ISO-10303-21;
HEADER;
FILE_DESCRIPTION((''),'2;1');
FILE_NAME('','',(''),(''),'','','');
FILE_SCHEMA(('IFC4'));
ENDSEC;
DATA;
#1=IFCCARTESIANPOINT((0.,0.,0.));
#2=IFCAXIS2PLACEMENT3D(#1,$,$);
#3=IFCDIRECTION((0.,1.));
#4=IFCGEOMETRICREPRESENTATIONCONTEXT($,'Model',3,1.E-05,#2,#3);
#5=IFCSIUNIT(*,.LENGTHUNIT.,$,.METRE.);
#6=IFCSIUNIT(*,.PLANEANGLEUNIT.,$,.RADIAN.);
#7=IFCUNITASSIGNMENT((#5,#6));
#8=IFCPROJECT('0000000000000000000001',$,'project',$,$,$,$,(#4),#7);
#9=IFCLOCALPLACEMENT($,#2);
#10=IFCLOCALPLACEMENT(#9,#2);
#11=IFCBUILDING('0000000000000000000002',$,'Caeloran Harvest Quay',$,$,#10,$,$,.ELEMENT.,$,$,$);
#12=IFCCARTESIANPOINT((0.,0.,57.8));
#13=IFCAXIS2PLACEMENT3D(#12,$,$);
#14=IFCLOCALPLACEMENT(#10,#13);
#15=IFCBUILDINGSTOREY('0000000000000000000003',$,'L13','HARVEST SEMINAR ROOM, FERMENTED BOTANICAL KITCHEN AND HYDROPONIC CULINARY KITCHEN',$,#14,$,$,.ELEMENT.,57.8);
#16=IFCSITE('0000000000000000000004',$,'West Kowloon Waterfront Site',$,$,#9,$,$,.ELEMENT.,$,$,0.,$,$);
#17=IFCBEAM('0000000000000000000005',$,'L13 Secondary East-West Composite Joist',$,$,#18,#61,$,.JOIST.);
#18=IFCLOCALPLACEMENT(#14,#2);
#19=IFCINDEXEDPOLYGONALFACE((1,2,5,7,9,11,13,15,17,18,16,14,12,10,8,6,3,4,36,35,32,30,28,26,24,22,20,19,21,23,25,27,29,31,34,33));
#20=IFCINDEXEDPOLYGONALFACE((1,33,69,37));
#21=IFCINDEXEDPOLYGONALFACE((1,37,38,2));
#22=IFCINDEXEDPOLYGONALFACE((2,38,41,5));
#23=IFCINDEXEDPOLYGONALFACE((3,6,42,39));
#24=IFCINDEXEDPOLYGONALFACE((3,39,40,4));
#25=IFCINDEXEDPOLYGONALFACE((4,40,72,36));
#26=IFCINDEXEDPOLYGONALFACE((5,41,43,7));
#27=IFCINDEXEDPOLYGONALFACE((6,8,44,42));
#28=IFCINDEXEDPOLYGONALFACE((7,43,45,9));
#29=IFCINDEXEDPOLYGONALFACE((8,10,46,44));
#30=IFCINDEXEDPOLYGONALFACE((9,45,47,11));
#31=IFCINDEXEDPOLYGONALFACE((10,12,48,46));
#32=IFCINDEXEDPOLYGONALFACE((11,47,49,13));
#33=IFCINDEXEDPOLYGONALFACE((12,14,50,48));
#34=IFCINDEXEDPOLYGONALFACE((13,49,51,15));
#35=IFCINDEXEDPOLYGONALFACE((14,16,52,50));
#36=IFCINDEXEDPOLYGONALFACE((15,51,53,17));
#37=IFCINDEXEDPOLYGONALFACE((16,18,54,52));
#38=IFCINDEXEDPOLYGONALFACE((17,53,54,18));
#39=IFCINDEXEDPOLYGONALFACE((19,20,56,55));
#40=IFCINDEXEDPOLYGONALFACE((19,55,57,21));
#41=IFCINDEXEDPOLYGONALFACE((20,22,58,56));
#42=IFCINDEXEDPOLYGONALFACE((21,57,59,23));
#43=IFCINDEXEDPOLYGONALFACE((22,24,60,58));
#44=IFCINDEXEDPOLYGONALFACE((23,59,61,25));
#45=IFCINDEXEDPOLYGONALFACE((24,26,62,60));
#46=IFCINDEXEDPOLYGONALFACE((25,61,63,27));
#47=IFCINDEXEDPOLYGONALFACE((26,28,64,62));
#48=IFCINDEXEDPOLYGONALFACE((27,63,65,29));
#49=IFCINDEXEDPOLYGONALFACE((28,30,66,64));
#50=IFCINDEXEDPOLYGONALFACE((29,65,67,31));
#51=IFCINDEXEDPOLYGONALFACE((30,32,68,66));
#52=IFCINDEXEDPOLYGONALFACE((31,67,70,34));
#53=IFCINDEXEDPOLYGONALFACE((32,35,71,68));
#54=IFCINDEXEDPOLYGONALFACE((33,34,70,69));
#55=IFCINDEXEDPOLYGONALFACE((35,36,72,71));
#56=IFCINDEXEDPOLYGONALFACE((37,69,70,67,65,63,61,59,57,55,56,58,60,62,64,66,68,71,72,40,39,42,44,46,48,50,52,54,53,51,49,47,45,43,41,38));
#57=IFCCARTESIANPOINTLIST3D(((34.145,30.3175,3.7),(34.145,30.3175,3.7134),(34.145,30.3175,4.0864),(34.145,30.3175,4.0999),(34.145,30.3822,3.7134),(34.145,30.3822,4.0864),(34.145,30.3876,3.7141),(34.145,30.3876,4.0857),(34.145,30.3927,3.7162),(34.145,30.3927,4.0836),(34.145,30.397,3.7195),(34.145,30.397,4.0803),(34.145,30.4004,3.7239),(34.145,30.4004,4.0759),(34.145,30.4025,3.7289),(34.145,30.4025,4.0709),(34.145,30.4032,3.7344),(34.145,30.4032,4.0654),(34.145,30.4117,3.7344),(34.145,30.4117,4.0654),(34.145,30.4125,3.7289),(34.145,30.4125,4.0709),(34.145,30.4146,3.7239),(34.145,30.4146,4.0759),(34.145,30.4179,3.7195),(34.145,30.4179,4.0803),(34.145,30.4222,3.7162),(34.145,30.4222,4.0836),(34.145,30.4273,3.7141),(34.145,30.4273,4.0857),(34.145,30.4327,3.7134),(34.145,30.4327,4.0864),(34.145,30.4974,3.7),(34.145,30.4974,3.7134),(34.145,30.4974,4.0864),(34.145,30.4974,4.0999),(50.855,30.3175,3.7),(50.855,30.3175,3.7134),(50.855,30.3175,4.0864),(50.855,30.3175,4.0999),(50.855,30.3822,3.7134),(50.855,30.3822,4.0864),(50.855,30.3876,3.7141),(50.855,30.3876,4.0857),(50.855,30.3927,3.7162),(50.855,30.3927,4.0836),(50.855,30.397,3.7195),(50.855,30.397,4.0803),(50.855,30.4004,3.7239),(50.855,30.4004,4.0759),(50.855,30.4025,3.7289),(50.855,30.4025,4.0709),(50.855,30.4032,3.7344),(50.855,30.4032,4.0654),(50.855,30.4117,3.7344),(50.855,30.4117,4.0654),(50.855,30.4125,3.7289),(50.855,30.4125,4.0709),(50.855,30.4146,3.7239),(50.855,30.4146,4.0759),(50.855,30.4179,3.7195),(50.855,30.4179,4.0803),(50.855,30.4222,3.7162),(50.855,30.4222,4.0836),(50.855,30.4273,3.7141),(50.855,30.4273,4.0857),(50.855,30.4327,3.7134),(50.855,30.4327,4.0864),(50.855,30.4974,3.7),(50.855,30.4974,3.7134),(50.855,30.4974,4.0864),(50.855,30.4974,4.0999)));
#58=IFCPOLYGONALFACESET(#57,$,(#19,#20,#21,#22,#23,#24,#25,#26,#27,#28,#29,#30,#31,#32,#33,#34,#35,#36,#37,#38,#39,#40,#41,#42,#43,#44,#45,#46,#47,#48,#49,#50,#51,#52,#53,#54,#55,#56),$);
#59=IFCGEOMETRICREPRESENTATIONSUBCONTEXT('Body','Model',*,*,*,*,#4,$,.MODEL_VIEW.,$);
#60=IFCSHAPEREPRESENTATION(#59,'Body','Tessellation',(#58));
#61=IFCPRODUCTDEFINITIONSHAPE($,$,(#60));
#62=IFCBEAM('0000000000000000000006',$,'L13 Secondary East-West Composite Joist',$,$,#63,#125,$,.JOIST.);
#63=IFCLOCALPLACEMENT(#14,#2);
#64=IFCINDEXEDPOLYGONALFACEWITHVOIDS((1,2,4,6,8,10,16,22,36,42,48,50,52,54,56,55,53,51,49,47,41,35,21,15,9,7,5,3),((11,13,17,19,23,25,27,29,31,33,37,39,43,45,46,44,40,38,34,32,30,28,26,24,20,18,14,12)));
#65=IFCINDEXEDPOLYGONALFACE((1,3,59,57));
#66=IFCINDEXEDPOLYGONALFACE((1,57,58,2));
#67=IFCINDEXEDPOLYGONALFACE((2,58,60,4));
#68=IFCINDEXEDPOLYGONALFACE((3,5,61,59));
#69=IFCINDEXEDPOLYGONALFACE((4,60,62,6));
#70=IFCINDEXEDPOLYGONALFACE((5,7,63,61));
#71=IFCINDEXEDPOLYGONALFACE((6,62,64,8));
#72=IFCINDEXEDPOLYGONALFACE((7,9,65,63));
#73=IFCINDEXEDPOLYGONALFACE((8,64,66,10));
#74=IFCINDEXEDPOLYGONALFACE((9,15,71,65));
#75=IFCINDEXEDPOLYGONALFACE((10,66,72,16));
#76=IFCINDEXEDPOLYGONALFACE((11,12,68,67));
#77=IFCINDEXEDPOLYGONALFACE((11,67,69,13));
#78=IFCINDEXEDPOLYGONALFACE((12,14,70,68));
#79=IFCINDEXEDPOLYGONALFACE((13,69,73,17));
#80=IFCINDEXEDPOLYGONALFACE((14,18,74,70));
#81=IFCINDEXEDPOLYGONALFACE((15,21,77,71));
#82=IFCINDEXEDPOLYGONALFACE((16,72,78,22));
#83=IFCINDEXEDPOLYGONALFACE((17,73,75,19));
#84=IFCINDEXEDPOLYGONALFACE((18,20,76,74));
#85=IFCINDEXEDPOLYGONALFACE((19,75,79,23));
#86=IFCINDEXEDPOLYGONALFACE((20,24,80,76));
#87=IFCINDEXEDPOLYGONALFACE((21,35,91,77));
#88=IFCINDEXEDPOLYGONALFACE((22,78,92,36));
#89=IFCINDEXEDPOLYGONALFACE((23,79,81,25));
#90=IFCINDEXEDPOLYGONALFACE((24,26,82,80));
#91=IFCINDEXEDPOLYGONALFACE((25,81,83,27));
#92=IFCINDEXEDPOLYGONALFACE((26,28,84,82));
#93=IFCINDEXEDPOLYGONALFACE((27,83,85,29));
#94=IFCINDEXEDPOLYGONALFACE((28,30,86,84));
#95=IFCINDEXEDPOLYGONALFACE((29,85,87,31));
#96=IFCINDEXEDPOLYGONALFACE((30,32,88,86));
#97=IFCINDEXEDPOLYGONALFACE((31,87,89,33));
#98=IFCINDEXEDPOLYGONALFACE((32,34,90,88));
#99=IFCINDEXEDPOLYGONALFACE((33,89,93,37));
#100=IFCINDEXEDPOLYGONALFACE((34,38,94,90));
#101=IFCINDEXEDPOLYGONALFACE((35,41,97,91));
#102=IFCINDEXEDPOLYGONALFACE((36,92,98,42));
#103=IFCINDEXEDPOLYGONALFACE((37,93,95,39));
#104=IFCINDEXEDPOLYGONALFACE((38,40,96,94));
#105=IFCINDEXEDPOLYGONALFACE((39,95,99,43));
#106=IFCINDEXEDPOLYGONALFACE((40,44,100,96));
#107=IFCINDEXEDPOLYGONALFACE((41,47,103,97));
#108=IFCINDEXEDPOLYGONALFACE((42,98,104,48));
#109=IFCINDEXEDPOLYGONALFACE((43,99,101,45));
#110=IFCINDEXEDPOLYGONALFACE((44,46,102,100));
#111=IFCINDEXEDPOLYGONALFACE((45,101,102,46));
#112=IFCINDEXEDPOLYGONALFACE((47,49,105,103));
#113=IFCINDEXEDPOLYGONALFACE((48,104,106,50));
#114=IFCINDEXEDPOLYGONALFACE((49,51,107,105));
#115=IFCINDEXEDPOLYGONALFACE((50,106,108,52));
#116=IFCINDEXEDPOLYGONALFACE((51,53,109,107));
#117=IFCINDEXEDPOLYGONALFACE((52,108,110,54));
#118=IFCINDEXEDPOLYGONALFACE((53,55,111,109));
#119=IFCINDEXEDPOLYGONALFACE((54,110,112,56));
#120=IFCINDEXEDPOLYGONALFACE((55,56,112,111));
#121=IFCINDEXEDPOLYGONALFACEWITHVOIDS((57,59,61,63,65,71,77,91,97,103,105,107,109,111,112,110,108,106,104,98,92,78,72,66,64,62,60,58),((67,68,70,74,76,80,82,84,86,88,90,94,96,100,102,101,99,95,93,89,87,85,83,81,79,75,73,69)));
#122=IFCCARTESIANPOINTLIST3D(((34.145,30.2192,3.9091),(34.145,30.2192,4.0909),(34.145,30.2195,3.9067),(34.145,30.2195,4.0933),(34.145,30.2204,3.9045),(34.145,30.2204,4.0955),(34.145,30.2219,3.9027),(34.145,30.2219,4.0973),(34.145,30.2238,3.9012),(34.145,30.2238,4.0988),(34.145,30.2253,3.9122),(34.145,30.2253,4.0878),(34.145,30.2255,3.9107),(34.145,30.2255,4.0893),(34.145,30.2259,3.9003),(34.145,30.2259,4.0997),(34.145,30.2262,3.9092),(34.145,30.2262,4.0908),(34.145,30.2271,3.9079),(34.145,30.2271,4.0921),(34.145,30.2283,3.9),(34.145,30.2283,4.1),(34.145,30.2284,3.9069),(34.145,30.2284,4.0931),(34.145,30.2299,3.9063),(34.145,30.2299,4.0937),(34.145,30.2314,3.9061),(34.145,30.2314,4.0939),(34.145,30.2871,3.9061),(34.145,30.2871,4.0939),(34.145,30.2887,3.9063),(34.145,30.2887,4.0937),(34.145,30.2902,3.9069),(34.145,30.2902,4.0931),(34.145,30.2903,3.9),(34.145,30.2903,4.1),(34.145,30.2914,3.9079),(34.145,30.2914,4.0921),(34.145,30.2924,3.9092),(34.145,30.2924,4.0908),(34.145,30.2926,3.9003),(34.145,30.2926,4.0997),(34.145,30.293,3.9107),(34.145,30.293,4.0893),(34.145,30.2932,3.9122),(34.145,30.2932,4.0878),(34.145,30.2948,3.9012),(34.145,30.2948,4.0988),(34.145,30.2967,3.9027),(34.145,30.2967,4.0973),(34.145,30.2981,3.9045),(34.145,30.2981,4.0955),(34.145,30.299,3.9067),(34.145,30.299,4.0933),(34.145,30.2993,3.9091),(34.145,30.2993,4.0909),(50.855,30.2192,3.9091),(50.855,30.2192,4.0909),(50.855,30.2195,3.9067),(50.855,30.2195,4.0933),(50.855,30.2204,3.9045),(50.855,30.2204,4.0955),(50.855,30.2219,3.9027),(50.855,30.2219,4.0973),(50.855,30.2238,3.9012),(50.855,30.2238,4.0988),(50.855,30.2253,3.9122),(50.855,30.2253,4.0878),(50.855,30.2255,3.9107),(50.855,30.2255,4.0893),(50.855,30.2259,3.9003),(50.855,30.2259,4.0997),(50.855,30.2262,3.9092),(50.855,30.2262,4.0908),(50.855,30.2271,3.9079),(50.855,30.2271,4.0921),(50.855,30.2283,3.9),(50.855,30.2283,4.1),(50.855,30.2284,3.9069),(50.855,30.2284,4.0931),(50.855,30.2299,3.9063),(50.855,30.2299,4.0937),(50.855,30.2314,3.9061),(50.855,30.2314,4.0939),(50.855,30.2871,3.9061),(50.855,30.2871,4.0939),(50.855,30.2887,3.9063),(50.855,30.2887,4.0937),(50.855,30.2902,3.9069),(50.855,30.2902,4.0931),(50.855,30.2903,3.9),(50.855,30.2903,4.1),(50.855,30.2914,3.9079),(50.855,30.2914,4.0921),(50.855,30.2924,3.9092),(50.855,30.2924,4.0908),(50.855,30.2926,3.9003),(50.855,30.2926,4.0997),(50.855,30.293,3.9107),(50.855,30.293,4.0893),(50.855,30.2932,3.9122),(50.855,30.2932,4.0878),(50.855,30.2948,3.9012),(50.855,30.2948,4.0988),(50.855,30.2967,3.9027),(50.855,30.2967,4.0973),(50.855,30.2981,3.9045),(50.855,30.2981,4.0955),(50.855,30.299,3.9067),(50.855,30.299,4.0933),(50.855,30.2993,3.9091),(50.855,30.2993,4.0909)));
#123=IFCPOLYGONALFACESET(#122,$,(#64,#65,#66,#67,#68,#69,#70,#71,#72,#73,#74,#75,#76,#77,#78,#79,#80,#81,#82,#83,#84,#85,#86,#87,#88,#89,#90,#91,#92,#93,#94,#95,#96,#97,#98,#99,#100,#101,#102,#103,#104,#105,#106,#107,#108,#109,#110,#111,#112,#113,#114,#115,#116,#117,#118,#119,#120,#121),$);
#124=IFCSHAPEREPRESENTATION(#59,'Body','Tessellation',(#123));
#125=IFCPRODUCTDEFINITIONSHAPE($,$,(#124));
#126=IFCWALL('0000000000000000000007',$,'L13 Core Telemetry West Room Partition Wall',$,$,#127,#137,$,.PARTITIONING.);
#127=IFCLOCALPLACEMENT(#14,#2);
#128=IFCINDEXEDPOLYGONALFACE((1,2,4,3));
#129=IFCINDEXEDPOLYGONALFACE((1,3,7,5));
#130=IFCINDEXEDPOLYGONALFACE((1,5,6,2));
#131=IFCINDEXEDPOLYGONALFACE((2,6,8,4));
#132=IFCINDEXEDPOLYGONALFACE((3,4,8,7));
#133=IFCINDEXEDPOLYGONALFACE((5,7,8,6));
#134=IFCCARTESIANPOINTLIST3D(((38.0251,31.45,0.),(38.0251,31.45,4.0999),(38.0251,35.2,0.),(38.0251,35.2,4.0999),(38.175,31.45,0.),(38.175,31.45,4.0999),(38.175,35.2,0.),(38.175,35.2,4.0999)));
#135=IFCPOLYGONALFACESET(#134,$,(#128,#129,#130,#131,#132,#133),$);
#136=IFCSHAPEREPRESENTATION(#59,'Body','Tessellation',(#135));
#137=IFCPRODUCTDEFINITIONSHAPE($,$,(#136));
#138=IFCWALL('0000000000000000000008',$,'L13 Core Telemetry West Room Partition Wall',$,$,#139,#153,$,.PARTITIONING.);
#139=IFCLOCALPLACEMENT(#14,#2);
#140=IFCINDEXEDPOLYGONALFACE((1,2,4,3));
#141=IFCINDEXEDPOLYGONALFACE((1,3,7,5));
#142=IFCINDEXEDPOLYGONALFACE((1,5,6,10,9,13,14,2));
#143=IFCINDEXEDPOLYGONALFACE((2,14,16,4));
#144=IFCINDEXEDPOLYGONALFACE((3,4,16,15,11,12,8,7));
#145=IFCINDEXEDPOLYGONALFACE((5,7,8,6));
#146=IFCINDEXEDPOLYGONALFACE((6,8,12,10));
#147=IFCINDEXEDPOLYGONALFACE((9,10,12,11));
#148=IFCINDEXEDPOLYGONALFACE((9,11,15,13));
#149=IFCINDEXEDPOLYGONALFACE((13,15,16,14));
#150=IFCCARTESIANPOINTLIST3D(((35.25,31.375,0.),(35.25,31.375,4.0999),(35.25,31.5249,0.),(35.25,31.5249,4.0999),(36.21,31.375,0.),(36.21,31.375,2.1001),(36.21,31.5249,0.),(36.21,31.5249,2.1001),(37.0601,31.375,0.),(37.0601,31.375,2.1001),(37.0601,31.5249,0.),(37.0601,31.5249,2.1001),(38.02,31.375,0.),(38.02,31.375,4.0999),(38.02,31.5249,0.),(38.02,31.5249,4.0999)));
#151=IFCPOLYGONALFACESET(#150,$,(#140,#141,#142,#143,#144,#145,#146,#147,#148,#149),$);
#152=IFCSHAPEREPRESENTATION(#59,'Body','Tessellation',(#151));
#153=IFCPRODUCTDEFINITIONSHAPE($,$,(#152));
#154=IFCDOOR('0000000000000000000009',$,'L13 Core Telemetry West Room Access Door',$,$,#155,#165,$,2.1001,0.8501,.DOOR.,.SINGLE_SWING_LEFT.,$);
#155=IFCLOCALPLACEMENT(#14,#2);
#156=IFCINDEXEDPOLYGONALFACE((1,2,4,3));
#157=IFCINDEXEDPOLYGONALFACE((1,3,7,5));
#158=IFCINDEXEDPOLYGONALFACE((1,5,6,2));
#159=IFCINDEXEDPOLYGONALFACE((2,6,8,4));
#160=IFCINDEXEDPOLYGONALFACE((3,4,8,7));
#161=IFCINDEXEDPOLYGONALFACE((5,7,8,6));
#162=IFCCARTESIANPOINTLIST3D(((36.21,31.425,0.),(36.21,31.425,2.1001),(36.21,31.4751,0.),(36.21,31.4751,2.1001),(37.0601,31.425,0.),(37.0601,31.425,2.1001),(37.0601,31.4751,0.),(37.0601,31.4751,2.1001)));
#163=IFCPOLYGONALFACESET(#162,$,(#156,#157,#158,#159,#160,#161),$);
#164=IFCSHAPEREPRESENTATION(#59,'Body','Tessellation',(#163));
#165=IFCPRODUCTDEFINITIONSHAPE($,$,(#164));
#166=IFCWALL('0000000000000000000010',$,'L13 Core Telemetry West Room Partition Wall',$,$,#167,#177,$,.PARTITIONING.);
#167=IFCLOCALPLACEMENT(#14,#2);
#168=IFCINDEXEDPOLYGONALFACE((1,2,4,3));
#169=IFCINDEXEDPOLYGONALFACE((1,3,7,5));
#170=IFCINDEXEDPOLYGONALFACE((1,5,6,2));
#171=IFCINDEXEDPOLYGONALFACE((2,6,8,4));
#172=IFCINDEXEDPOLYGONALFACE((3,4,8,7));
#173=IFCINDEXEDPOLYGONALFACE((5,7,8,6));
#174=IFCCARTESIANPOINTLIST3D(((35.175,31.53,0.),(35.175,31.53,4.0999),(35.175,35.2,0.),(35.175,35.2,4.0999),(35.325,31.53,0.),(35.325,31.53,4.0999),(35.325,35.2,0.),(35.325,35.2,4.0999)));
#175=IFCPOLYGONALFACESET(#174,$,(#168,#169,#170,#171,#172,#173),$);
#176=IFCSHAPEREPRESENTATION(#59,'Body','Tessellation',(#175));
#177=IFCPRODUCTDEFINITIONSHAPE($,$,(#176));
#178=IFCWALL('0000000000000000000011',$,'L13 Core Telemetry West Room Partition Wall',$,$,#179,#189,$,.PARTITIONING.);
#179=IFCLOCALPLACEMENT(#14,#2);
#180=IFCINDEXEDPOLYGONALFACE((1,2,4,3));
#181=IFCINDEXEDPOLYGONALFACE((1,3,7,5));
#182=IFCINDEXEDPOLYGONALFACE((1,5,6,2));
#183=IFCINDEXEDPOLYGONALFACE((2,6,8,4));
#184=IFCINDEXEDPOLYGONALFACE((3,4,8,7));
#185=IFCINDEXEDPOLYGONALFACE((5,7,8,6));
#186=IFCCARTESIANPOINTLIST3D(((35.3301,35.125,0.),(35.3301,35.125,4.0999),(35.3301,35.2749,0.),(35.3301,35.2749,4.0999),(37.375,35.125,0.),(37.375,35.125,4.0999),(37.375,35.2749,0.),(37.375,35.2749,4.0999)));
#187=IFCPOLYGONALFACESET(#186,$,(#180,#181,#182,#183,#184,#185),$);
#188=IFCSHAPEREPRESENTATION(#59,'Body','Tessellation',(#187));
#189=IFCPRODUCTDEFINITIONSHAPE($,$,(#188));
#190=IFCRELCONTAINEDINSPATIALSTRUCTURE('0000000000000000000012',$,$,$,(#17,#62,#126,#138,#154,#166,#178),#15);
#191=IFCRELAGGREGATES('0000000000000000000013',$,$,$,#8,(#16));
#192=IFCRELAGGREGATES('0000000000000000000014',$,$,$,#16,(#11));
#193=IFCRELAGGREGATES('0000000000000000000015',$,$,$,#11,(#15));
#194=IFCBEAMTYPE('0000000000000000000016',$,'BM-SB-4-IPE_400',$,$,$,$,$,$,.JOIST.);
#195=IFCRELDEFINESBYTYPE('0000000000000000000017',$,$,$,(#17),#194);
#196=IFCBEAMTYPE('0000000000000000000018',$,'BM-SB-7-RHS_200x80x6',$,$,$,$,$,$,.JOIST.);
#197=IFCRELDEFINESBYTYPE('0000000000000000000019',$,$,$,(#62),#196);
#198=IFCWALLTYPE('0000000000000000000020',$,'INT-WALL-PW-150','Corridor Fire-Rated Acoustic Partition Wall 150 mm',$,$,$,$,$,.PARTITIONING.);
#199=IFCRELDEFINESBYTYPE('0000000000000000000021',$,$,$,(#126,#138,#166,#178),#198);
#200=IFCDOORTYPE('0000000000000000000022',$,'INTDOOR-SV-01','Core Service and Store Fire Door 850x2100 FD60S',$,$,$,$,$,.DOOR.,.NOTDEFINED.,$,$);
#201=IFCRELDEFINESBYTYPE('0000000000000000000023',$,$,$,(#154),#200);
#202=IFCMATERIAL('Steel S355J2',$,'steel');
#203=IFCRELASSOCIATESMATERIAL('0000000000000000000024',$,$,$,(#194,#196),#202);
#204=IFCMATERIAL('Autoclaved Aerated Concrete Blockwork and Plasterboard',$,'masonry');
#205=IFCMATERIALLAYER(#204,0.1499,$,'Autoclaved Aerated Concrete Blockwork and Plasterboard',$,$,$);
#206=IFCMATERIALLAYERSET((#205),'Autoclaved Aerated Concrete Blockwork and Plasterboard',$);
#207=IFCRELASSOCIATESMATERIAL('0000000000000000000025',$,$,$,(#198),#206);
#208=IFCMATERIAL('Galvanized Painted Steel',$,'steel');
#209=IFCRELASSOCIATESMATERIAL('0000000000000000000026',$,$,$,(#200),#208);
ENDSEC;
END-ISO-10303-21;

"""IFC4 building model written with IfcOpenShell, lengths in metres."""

from ifc_helpers import new_model, si_unit, direction, frame, frame_2d, origin, origin_2d, place, context, subcontext, project, spatial, rectangle, hollow_rectangle, i_section, extrude, material, layer, layer_set, material_profile, profile_set, type_object, element, fill, save


model = new_model("IFC4")

# Units and contexts
model_context = context("Model", 3, precision=1e-05, world=origin(), true_north=direction((0.0, 1.0)))
body_context = subcontext(model_context, "Body", "Model", "MODEL_VIEW")
ifc_project = project(units=[si_unit("LENGTHUNIT", "METRE"), si_unit("PLANEANGLEUNIT", "RADIAN")], contexts=[model_context])

# Site, building, storey
site_placement = place(None, origin())
site = spatial("IfcSite", under=ifc_project, at=site_placement, Name="West Kowloon Waterfront Site", CompositionType="ELEMENT", RefElevation=0.0)
building_placement = place(site_placement, origin())
building = spatial("IfcBuilding", under=site, at=building_placement, Name="Caeloran Harvest Quay", CompositionType="ELEMENT")
storey_placement = place(building_placement, frame((0.0, 0.0, 57.8)))
storey = spatial("IfcBuildingStorey", under=building, at=storey_placement, Name="L13", Description="HARVEST SEMINAR ROOM, FERMENTED BOTANICAL KITCHEN AND HYDROPONIC CULINARY KITCHEN", CompositionType="ELEMENT", Elevation=57.8)

# Beams
ifc_material_1 = material(Name="Steel S355J2", Category="steel")
ifc_material_profile_1 = material_profile(ifc_material_1, i_section(OverallWidth=0.1799, OverallDepth=0.3999, WebThickness=0.0085, FlangeThickness=0.0134, FilletRadius=0.021, at=origin_2d()), Name="IPE 400")
ifc_profile_set_1 = profile_set([ifc_material_profile_1], Name="Steel S355J2")
beam_type_1 = type_object("IfcBeamType", Name="BM-SB-4-IPE_400", PredefinedType="JOIST", material=ifc_profile_set_1)
for number, where, z_axis, x_axis, name in (
    (1, (34.145, 30.4075, 3.8999), (1.0, 0.0, 0.0), (0.0, 1.0, 0.0), "L13 Secondary East-West Composite Joist"),
):
    element("IfcBeam", number, at=place(storey_placement, frame(where, z_axis=z_axis, x_axis=x_axis)), inside=storey, type_object=beam_type_1, Name=name, PredefinedType="JOIST", context=body_context, shape_type="SweptSolid", body=[
        extrude(i_section(OverallWidth=0.1799, OverallDepth=0.3999, WebThickness=0.0085, FlangeThickness=0.0134, FilletRadius=0.021, at=origin_2d()), origin(), (0.0, 0.0, 1.0), 16.71),
    ])
ifc_material_profile_2 = material_profile(ifc_material_1, hollow_rectangle(XDim=0.0801, YDim=0.2, WallThickness=0.0061, InnerFilletRadius=0.0061, OuterFilletRadius=0.009, at=origin_2d()), Name="RHS 200x80x6")
ifc_profile_set_2 = profile_set([ifc_material_profile_2], Name="Steel S355J2")
beam_type_2 = type_object("IfcBeamType", Name="BM-SB-7-RHS_200x80x6", PredefinedType="JOIST", material=ifc_profile_set_2)
beam_1_placement = place(storey_placement, frame((34.145, 30.2593, 4.0), z_axis=(1.0, 0.0, 0.0), x_axis=(0.0, 1.0, 0.0)))
element("IfcBeam", 2, at=beam_1_placement, inside=storey, type_object=beam_type_2, Name="L13 Secondary East-West Composite Joist", PredefinedType="JOIST", context=body_context, shape_type="SweptSolid", body=[
    extrude(hollow_rectangle(XDim=0.0801, YDim=0.2, WallThickness=0.0061, InnerFilletRadius=0.0061, OuterFilletRadius=0.009, at=origin_2d()), origin(), (0.0, 0.0, 1.0), 16.71),
])

# Wall
ifc_material_2 = material(Name="Autoclaved Aerated Concrete Blockwork and Plasterboard", Category="masonry")
ifc_layer_1 = layer(ifc_material_2, 0.1499, Name="Autoclaved Aerated Concrete Blockwork and Plasterboard")
ifc_layer_set_1 = layer_set([ifc_layer_1], Name="Autoclaved Aerated Concrete Blockwork and Plasterboard")
wall_type_1 = type_object("IfcWallType", Name="INT-WALL-PW-150", Description="Corridor Fire-Rated Acoustic Partition Wall 150 mm", PredefinedType="PARTITIONING", material=ifc_layer_set_1)
wall_1_placement = place(storey_placement, frame((38.1001, 35.2, 0.0), z_axis=(0.0, 0.0, 1.0), x_axis=(0.0, -1.0, 0.0)))
element("IfcWall", 3, at=wall_1_placement, inside=storey, type_object=wall_type_1, Name="L13 Core Telemetry West Room Partition Wall", PredefinedType="PARTITIONING", context=body_context, shape_type="SweptSolid", body=[
    extrude(rectangle(XDim=3.75, YDim=0.1499, at=frame_2d((1.875, 0.0))), origin(), (0.0, 0.0, 1.0), 4.0999),
])

# Wall, opening, door
wall_2_placement = place(storey_placement, frame((38.02, 31.45, 0.0), z_axis=(0.0, 0.0, 1.0), x_axis=(-1.0, 0.0, 0.0)))
wall_2 = element("IfcWall", 4, at=wall_2_placement, inside=storey, type_object=wall_type_1, Name="L13 Core Telemetry West Room Partition Wall", PredefinedType="PARTITIONING", context=body_context, shape_type="SweptSolid", body=[
    extrude(rectangle(XDim=2.77, YDim=0.1499, at=frame_2d((1.385, 0.0))), origin(), (0.0, 0.0, 1.0), 4.0999),
])
opening_1_placement = place(wall_2_placement, frame((0.96, 0.0, 0.0)))
opening_1 = element("IfcOpeningElement", 5, at=opening_1_placement, cuts=wall_2, PredefinedType="OPENING", context=body_context, shape_type="SweptSolid", body=[
    extrude(rectangle(XDim=0.8501, YDim=2.1001, at=frame_2d((0.425, 1.05))), frame((0.0, 0.085, 0.0), z_axis=(0.0, -1.0, 0.0), x_axis=(1.0, 0.0, 0.0)), (0.0, 0.0, 1.0), 0.1699),
])
ifc_material_3 = material(Name="Galvanized Painted Steel", Category="steel")
door_type_1 = type_object("IfcDoorType", Name="INTDOOR-SV-01", Description="Core Service and Store Fire Door 850x2100 FD60S", OperationType="NOTDEFINED", PredefinedType="DOOR", material=ifc_material_3)
door_1_placement = place(opening_1_placement, origin())
door_1 = element("IfcDoor", 6, at=door_1_placement, inside=storey, type_object=door_type_1, Name="L13 Core Telemetry West Room Access Door", OperationType="SINGLE_SWING_LEFT", OverallHeight=2.1001, OverallWidth=0.8501, PredefinedType="DOOR", context=body_context, shape_type="SweptSolid", body=[
    extrude(rectangle(XDim=0.8501, YDim=2.1001, at=frame_2d((0.425, 1.05))), frame((0.0, 0.0249, 0.0), z_axis=(0.0, -1.0, 0.0), x_axis=(1.0, 0.0, 0.0)), (0.0, 0.0, 1.0), 0.05),
])
fill(opening_1, door_1)

# Walls
wall_3_placement = place(storey_placement, frame((35.25, 31.53, 0.0), z_axis=(0.0, 0.0, 1.0), x_axis=(0.0, 1.0, 0.0)))
element("IfcWall", 7, at=wall_3_placement, inside=storey, type_object=wall_type_1, Name="L13 Core Telemetry West Room Partition Wall", PredefinedType="PARTITIONING", context=body_context, shape_type="SweptSolid", body=[
    extrude(rectangle(XDim=3.6699, YDim=0.1499, at=frame_2d((1.835, 0.0))), origin(), (0.0, 0.0, 1.0), 4.0999),
])
wall_4_placement = place(storey_placement, frame((35.3301, 35.2, 0.0), z_axis=(0.0, 0.0, 1.0), x_axis=(1.0, 0.0, 0.0)))
element("IfcWall", 8, at=wall_4_placement, inside=storey, type_object=wall_type_1, Name="L13 Core Telemetry West Room Partition Wall", PredefinedType="PARTITIONING", context=body_context, shape_type="SweptSolid", body=[
    extrude(rectangle(XDim=2.0449, YDim=0.1499, at=frame_2d((1.0225, 0.0))), origin(), (0.0, 0.0, 1.0), 4.0999),
])

save(model, "model.ifc")
